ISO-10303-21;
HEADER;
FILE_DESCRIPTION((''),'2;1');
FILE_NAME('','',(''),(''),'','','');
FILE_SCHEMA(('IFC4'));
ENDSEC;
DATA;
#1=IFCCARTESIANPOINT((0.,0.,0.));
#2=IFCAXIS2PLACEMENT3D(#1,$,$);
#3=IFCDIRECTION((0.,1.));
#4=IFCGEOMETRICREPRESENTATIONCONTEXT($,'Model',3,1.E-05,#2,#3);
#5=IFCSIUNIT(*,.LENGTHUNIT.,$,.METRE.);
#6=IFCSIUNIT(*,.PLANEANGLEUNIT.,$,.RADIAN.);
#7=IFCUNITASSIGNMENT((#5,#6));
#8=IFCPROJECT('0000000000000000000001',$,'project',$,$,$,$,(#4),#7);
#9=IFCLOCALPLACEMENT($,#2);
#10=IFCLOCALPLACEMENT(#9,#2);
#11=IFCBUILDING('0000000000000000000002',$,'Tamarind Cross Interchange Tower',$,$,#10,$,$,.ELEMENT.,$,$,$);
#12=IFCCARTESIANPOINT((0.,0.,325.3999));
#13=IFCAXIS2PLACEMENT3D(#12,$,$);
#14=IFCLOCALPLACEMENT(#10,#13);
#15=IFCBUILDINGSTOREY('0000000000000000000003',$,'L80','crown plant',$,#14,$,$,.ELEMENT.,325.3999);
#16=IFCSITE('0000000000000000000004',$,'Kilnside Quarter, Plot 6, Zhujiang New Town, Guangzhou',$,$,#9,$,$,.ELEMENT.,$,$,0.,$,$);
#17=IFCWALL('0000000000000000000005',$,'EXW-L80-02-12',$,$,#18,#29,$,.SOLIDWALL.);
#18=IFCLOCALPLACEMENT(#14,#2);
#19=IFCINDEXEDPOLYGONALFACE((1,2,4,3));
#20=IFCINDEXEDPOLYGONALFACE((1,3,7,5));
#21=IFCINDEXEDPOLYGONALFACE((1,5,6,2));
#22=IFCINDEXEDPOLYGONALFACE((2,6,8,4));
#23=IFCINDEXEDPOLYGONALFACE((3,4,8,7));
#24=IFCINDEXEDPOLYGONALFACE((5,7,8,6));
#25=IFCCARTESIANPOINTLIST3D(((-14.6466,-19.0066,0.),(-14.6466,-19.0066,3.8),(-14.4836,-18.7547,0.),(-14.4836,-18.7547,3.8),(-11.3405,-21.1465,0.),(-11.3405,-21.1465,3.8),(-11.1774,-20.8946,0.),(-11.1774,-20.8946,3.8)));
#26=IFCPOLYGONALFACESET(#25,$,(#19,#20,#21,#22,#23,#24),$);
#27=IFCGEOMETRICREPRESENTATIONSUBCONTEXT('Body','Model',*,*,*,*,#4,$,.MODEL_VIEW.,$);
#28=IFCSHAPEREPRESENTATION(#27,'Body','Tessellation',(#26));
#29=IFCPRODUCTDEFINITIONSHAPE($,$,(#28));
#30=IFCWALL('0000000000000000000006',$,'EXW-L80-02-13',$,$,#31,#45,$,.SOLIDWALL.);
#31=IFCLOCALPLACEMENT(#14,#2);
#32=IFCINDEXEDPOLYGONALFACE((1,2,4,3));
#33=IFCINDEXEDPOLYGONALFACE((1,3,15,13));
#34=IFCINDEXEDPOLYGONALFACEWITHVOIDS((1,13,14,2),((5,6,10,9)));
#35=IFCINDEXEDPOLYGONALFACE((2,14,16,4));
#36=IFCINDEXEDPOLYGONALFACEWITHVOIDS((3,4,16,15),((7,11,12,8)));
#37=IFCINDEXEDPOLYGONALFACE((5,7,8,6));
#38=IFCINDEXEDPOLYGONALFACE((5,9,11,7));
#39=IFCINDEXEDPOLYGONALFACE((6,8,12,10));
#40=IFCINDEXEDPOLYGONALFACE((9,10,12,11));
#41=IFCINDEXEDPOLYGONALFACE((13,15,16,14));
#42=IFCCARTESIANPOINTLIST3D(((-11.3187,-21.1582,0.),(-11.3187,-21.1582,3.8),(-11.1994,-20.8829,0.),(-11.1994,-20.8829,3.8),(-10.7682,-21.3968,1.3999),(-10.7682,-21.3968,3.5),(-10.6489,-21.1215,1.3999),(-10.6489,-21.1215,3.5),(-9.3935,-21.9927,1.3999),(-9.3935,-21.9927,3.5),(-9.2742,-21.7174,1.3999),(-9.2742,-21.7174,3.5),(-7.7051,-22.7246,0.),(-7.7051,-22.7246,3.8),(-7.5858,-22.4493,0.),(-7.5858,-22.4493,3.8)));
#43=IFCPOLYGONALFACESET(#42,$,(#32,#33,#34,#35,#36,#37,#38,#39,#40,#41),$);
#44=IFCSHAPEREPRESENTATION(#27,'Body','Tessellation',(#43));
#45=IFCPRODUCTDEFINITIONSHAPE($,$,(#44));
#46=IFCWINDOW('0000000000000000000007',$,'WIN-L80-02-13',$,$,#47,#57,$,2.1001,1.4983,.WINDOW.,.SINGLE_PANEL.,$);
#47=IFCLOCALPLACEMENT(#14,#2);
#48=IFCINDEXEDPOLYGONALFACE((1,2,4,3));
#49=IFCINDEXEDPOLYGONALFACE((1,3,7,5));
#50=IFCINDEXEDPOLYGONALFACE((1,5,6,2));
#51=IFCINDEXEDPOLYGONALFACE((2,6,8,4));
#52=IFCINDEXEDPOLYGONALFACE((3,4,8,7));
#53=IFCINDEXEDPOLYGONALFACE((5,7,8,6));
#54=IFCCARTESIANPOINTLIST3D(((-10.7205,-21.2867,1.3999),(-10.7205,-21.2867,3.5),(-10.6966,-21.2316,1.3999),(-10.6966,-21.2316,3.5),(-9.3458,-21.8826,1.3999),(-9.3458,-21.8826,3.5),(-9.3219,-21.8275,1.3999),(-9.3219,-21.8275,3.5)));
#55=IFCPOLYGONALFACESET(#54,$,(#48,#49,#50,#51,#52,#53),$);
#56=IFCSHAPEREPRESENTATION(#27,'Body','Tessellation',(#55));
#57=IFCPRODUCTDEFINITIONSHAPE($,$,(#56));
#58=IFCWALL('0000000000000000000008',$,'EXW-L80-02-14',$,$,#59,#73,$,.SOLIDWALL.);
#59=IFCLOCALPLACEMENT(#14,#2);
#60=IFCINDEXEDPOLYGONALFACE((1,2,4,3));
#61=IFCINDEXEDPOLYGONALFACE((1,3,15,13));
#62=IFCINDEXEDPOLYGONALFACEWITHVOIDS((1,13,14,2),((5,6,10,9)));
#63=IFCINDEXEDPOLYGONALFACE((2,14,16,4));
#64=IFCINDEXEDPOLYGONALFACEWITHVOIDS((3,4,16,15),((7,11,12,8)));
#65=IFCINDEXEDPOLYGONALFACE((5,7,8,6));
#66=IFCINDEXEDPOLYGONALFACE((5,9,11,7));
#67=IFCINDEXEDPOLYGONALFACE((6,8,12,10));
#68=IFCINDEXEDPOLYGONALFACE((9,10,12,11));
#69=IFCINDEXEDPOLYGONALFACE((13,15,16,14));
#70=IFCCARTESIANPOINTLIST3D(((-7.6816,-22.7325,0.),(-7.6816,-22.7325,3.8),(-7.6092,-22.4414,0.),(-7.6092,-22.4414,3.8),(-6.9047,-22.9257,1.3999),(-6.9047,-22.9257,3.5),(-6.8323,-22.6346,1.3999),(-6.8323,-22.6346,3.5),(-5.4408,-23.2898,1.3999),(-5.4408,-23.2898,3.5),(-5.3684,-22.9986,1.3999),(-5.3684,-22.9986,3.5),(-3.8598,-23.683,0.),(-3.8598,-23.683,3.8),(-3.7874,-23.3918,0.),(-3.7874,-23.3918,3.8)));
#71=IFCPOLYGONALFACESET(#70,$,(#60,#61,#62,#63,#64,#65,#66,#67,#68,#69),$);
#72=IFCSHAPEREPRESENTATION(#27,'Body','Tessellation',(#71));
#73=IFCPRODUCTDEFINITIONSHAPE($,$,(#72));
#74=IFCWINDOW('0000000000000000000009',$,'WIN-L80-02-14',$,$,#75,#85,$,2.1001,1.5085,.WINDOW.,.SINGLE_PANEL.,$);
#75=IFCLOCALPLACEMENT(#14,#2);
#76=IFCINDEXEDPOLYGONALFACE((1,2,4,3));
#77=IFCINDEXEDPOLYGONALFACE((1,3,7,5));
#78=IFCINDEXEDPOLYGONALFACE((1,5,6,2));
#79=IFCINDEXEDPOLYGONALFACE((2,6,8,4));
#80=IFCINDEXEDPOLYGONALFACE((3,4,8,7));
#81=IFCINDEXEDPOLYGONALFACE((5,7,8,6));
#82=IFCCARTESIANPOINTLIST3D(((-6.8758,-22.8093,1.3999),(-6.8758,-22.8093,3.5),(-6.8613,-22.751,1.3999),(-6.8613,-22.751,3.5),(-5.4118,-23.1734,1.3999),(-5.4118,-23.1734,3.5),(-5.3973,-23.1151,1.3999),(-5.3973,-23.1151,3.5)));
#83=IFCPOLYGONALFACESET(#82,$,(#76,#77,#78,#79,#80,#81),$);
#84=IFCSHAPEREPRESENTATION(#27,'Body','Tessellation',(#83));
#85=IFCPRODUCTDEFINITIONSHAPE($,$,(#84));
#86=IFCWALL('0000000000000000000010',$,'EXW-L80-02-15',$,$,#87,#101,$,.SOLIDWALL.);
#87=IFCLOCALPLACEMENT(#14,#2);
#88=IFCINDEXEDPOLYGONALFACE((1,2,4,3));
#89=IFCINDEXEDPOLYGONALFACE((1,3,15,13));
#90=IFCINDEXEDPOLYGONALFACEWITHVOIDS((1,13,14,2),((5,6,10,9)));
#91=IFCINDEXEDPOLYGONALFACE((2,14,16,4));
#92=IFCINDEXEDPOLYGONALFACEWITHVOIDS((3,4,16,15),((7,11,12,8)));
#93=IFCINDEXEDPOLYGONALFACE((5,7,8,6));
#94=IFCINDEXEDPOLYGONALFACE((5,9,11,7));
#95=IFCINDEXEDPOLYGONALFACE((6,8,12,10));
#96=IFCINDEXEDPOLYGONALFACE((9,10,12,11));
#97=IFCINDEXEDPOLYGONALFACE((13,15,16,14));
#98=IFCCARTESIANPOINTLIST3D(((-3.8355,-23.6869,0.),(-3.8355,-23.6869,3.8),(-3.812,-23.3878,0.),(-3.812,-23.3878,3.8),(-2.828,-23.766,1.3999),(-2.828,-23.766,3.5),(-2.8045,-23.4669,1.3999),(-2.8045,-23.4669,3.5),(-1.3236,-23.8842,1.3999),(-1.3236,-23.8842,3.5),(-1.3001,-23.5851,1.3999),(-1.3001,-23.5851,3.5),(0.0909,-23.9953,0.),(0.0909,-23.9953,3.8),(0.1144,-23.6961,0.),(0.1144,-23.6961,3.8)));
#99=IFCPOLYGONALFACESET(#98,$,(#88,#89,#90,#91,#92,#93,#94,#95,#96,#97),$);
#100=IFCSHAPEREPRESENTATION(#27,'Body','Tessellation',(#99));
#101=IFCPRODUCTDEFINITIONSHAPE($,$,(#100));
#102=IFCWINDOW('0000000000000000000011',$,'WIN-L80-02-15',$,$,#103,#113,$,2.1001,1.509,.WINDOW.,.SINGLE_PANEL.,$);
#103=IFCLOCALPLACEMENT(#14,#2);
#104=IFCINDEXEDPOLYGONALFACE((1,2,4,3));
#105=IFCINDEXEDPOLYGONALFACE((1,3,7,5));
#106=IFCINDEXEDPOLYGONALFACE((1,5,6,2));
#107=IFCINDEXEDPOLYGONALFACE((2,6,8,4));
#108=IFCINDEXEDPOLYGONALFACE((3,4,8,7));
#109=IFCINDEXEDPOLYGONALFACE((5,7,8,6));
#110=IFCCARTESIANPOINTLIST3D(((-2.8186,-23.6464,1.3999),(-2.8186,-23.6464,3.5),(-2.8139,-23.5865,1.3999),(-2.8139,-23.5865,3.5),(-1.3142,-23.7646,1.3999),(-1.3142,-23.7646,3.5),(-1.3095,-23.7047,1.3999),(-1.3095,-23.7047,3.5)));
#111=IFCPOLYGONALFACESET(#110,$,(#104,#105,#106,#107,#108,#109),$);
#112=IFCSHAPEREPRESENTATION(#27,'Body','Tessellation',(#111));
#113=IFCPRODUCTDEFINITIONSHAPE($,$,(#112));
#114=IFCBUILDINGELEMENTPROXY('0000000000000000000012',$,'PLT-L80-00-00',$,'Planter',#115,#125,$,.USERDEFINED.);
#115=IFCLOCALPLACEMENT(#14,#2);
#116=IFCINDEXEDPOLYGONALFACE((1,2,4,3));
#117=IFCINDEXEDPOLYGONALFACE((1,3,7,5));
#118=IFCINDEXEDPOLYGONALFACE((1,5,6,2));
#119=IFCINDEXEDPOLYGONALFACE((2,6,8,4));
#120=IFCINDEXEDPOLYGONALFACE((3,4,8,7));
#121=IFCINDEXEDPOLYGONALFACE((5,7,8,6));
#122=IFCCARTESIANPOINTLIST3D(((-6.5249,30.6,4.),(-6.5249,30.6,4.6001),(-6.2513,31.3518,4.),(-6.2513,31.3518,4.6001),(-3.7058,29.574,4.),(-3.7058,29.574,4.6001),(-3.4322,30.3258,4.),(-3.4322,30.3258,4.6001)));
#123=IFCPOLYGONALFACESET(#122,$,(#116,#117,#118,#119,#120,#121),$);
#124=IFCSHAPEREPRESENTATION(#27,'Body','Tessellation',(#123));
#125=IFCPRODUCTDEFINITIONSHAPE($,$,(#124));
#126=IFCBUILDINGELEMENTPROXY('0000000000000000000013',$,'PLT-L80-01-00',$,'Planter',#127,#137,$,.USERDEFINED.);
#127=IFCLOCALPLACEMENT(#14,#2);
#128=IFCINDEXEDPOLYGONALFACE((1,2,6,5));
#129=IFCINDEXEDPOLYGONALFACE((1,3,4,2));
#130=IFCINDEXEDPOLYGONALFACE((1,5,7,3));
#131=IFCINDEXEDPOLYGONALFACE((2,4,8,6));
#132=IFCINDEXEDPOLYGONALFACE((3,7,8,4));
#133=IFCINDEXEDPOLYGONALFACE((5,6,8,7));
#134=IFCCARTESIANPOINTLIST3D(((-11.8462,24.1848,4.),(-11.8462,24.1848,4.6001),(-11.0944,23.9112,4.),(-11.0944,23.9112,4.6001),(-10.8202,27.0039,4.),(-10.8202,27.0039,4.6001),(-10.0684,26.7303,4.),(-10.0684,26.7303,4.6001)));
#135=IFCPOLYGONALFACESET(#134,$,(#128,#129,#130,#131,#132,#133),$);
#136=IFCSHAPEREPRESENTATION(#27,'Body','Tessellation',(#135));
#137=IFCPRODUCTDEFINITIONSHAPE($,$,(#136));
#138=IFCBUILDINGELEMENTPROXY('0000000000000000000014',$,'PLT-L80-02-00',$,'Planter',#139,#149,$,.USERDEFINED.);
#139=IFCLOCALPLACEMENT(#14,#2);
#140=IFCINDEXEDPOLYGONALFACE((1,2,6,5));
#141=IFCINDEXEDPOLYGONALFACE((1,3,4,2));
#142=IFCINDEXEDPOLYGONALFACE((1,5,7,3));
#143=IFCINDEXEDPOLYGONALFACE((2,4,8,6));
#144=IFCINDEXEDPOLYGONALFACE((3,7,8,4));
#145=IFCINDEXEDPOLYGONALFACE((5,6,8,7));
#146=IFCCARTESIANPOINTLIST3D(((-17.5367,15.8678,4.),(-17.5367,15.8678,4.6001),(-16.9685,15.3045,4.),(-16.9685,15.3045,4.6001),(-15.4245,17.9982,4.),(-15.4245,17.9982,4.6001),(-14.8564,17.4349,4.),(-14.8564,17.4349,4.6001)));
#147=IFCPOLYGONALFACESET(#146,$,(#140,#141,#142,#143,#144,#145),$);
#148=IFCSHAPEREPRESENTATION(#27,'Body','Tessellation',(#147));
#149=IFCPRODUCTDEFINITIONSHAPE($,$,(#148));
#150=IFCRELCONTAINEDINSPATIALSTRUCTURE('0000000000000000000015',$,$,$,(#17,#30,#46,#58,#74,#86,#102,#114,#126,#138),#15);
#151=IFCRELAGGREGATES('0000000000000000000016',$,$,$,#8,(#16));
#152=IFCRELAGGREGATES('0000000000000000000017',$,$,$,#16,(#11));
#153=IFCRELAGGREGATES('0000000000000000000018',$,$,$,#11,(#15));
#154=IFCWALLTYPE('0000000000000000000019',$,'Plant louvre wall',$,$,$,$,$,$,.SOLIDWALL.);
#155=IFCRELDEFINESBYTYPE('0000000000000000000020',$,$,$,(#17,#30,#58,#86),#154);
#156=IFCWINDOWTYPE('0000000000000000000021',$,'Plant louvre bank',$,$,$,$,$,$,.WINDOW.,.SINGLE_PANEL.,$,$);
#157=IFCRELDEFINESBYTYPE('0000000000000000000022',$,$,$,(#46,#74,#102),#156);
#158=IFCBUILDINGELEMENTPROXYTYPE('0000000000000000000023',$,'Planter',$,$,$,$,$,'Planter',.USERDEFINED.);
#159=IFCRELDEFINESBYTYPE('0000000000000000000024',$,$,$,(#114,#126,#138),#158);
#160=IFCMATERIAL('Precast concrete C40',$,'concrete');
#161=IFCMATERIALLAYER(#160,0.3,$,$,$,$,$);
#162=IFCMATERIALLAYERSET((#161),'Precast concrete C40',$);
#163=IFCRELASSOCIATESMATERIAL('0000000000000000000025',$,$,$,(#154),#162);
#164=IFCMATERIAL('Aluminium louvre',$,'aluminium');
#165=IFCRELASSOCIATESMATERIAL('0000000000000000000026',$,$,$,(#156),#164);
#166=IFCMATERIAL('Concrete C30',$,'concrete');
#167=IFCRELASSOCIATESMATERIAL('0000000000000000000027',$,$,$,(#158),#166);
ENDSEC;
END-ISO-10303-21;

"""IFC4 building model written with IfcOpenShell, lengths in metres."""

from ifc_helpers import new_model, si_unit, direction, frame, frame_2d, origin, origin_2d, place, context, subcontext, project, spatial, rectangle, extrude, material, layer, layer_set, type_object, element, fill, save


model = new_model("IFC4")

# Units and contexts
model_context = context("Model", 3, precision=1e-05, world=origin(), true_north=direction((0.0, 1.0)))
body_context = subcontext(model_context, "Body", "Model", "MODEL_VIEW")
ifc_project = project(units=[si_unit("LENGTHUNIT", "METRE"), si_unit("PLANEANGLEUNIT", "RADIAN")], contexts=[model_context])

# Site, building, storey
site_placement = place(None, origin())
site = spatial("IfcSite", under=ifc_project, at=site_placement, Name="Kilnside Quarter, Plot 6, Zhujiang New Town, Guangzhou", CompositionType="ELEMENT", RefElevation=0.0)
building_placement = place(site_placement, origin())
building = spatial("IfcBuilding", under=site, at=building_placement, Name="Tamarind Cross Interchange Tower", CompositionType="ELEMENT")
storey_placement = place(building_placement, frame((0.0, 0.0, 325.3999)))
storey = spatial("IfcBuildingStorey", under=building, at=storey_placement, Name="L80", Description="crown plant", CompositionType="ELEMENT", Elevation=325.3999)

# Wall
ifc_material_1 = material(Name="Precast concrete C40", Category="concrete")
ifc_layer_1 = layer(ifc_material_1, 0.3)
ifc_layer_set_1 = layer_set([ifc_layer_1], Name="Precast concrete C40")
wall_type_1 = type_object("IfcWallType", Name="Plant louvre wall", PredefinedType="SOLIDWALL", material=ifc_layer_set_1)
wall_1_placement = place(storey_placement, frame((-14.5652, -18.8806, 0.0), z_axis=(0.0, 0.0, 1.0), x_axis=(0.839499, -0.543362, 0.0)))
element("IfcWall", 1, at=wall_1_placement, inside=storey, type_object=wall_type_1, Name="EXW-L80-02-12", PredefinedType="SOLIDWALL", context=body_context, shape_type="SweptSolid", body=[
    extrude(rectangle(XDim=3.9382, YDim=0.3, at=frame_2d((1.9692, 0.0))), origin(), (0.0, 0.0, 1.0), 3.8),
])

# Walls, openings, windows
wall_2_placement = place(storey_placement, frame((-11.259, -21.0205, 0.0), z_axis=(0.0, 0.0, 1.0), x_axis=(0.917505, -0.397724, 0.0)))
wall_2 = element("IfcWall", 2, at=wall_2_placement, inside=storey, type_object=wall_type_1, Name="EXW-L80-02-13", PredefinedType="SOLIDWALL", context=body_context, shape_type="SweptSolid", body=[
    extrude(rectangle(XDim=3.9385, YDim=0.3, at=frame_2d((1.9692, 0.0))), origin(), (0.0, 0.0, 1.0), 3.8),
])
opening_1_placement = place(wall_2_placement, frame((0.6001, 0.0, 1.3999)))
opening_1 = element("IfcOpeningElement", 3, at=opening_1_placement, cuts=wall_2, PredefinedType="OPENING", context=body_context, shape_type="SweptSolid", body=[
    extrude(rectangle(XDim=1.4983, YDim=2.1001, at=frame_2d((0.749, 1.05))), frame((0.0, 0.1599, 0.0), z_axis=(0.0, -1.0, 0.0), x_axis=(1.0, 0.0, 0.0)), (0.0, 0.0, 1.0), 0.3201),
])
ifc_material_2 = material(Name="Aluminium louvre", Category="aluminium")
window_type = type_object("IfcWindowType", Name="Plant louvre bank", PartitioningType="SINGLE_PANEL", PredefinedType="WINDOW", material=ifc_material_2)
window_1_placement = place(opening_1_placement, origin())
window_1 = element("IfcWindow", 4, at=window_1_placement, inside=storey, type_object=window_type, Name="WIN-L80-02-13", OverallHeight=2.1001, OverallWidth=1.4983, PartitioningType="SINGLE_PANEL", PredefinedType="WINDOW", context=body_context, shape_type="SweptSolid", body=[
    extrude(rectangle(XDim=1.4983, YDim=2.1001, at=frame_2d((0.749, 1.05))), frame((0.0, 0.03, 0.0), z_axis=(0.0, -1.0, 0.0), x_axis=(1.0, 0.0, 0.0)), (0.0, 0.0, 1.0), 0.0601),
])
fill(opening_1, window_1)
wall_3_placement = place(storey_placement, frame((-7.6455, -22.5869, 0.0), z_axis=(0.0, 0.0, 1.0), x_axis=(0.970441, -0.241339, 0.0)))
wall_3 = element("IfcWall", 5, at=wall_3_placement, inside=storey, type_object=wall_type_1, Name="EXW-L80-02-14", PredefinedType="SOLIDWALL", context=body_context, shape_type="SweptSolid", body=[
    extrude(rectangle(XDim=3.9382, YDim=0.3, at=frame_2d((1.9692, 0.0))), origin(), (0.0, 0.0, 1.0), 3.8),
])
opening_2_placement = place(wall_3_placement, frame((0.8005, 0.0, 1.3999)))
opening_2 = element("IfcOpeningElement", 6, at=opening_2_placement, cuts=wall_3, PredefinedType="OPENING", context=body_context, shape_type="SweptSolid", body=[
    extrude(rectangle(XDim=1.5085, YDim=2.1001, at=frame_2d((0.7544, 1.05))), frame((0.0, 0.1599, 0.0), z_axis=(0.0, -1.0, 0.0), x_axis=(1.0, 0.0, 0.0)), (0.0, 0.0, 1.0), 0.3201),
])
window_2_placement = place(opening_2_placement, origin())
window_2 = element("IfcWindow", 7, at=window_2_placement, inside=storey, type_object=window_type, Name="WIN-L80-02-14", OverallHeight=2.1001, OverallWidth=1.5085, PartitioningType="SINGLE_PANEL", PredefinedType="WINDOW", context=body_context, shape_type="SweptSolid", body=[
    extrude(rectangle(XDim=1.5085, YDim=2.1001, at=frame_2d((0.7544, 1.05))), frame((0.0, 0.03, 0.0), z_axis=(0.0, -1.0, 0.0), x_axis=(1.0, 0.0, 0.0)), (0.0, 0.0, 1.0), 0.0601),
])
fill(opening_2, window_2)
wall_4_placement = place(storey_placement, frame((-3.8237, -23.5374, 0.0), z_axis=(0.0, 0.0, 1.0), x_axis=(0.99693, -0.078294, 0.0)))
wall_4 = element("IfcWall", 8, at=wall_4_placement, inside=storey, type_object=wall_type_1, Name="EXW-L80-02-15", PredefinedType="SOLIDWALL", context=body_context, shape_type="SweptSolid", body=[
    extrude(rectangle(XDim=3.9385, YDim=0.3, at=frame_2d((1.9692, 0.0))), origin(), (0.0, 0.0, 1.0), 3.8),
])
opening_3_placement = place(wall_4_placement, frame((1.0107, 0.0, 1.3999)))
opening_3 = element("IfcOpeningElement", 9, at=opening_3_placement, cuts=wall_4, PredefinedType="OPENING", context=body_context, shape_type="SweptSolid", body=[
    extrude(rectangle(XDim=1.509, YDim=2.1001, at=frame_2d((0.7544, 1.05))), frame((0.0, 0.1599, 0.0), z_axis=(0.0, -1.0, 0.0), x_axis=(1.0, 0.0, 0.0)), (0.0, 0.0, 1.0), 0.3201),
])
window_3_placement = place(opening_3_placement, origin())
window_3 = element("IfcWindow", 10, at=window_3_placement, inside=storey, type_object=window_type, Name="WIN-L80-02-15", OverallHeight=2.1001, OverallWidth=1.509, PartitioningType="SINGLE_PANEL", PredefinedType="WINDOW", context=body_context, shape_type="SweptSolid", body=[
    extrude(rectangle(XDim=1.509, YDim=2.1001, at=frame_2d((0.7544, 1.05))), frame((0.0, 0.03, 0.0), z_axis=(0.0, -1.0, 0.0), x_axis=(1.0, 0.0, 0.0)), (0.0, 0.0, 1.0), 0.0601),
])
fill(opening_3, window_3)

# Building element proxies
ifc_material_3 = material(Name="Concrete C30", Category="concrete")
building_element_proxy_type = type_object("IfcBuildingElementProxyType", Name="Planter", ElementType="Planter", PredefinedType="USERDEFINED", material=ifc_material_3)
proxy_1_placement = place(storey_placement, origin())
element("IfcBuildingElementProxy", 11, at=proxy_1_placement, inside=storey, type_object=building_element_proxy_type, Name="PLT-L80-00-00", ObjectType="Planter", PredefinedType="USERDEFINED", context=body_context, shape_type="SweptSolid", body=[
    extrude(rectangle(XDim=3.0, YDim=0.8, at=origin_2d()), frame((-4.9785, 30.4629, 4.0), z_axis=(0.0, 0.0, 1.0), x_axis=(-0.939702, 0.341994, 0.0)), (0.0, 0.0, 1.0), 0.6001),
])
proxy_2_placement = place(storey_placement, origin())
element("IfcBuildingElementProxy", 12, at=proxy_2_placement, inside=storey, type_object=building_element_proxy_type, Name="PLT-L80-01-00", ObjectType="Planter", PredefinedType="USERDEFINED", context=body_context, shape_type="SweptSolid", body=[
    extrude(rectangle(XDim=3.0, YDim=0.8, at=origin_2d()), frame((-10.9573, 25.4575, 4.0), z_axis=(0.0, 0.0, 1.0), x_axis=(-0.341994, -0.939702, 0.0)), (0.0, 0.0, 1.0), 0.6001),
])
proxy_3_placement = place(storey_placement, origin())
element("IfcBuildingElementProxy", 13, at=proxy_3_placement, inside=storey, type_object=building_element_proxy_type, Name="PLT-L80-02-00", ObjectType="Planter", PredefinedType="USERDEFINED", context=body_context, shape_type="SweptSolid", body=[
    extrude(rectangle(XDim=3.0, YDim=0.8, at=origin_2d()), frame((-16.1965, 16.6514, 4.0), z_axis=(0.0, 0.0, 1.0), x_axis=(-0.704057, -0.710143, 0.0)), (0.0, 0.0, 1.0), 0.6001),
])

save(model, "model.ifc")
